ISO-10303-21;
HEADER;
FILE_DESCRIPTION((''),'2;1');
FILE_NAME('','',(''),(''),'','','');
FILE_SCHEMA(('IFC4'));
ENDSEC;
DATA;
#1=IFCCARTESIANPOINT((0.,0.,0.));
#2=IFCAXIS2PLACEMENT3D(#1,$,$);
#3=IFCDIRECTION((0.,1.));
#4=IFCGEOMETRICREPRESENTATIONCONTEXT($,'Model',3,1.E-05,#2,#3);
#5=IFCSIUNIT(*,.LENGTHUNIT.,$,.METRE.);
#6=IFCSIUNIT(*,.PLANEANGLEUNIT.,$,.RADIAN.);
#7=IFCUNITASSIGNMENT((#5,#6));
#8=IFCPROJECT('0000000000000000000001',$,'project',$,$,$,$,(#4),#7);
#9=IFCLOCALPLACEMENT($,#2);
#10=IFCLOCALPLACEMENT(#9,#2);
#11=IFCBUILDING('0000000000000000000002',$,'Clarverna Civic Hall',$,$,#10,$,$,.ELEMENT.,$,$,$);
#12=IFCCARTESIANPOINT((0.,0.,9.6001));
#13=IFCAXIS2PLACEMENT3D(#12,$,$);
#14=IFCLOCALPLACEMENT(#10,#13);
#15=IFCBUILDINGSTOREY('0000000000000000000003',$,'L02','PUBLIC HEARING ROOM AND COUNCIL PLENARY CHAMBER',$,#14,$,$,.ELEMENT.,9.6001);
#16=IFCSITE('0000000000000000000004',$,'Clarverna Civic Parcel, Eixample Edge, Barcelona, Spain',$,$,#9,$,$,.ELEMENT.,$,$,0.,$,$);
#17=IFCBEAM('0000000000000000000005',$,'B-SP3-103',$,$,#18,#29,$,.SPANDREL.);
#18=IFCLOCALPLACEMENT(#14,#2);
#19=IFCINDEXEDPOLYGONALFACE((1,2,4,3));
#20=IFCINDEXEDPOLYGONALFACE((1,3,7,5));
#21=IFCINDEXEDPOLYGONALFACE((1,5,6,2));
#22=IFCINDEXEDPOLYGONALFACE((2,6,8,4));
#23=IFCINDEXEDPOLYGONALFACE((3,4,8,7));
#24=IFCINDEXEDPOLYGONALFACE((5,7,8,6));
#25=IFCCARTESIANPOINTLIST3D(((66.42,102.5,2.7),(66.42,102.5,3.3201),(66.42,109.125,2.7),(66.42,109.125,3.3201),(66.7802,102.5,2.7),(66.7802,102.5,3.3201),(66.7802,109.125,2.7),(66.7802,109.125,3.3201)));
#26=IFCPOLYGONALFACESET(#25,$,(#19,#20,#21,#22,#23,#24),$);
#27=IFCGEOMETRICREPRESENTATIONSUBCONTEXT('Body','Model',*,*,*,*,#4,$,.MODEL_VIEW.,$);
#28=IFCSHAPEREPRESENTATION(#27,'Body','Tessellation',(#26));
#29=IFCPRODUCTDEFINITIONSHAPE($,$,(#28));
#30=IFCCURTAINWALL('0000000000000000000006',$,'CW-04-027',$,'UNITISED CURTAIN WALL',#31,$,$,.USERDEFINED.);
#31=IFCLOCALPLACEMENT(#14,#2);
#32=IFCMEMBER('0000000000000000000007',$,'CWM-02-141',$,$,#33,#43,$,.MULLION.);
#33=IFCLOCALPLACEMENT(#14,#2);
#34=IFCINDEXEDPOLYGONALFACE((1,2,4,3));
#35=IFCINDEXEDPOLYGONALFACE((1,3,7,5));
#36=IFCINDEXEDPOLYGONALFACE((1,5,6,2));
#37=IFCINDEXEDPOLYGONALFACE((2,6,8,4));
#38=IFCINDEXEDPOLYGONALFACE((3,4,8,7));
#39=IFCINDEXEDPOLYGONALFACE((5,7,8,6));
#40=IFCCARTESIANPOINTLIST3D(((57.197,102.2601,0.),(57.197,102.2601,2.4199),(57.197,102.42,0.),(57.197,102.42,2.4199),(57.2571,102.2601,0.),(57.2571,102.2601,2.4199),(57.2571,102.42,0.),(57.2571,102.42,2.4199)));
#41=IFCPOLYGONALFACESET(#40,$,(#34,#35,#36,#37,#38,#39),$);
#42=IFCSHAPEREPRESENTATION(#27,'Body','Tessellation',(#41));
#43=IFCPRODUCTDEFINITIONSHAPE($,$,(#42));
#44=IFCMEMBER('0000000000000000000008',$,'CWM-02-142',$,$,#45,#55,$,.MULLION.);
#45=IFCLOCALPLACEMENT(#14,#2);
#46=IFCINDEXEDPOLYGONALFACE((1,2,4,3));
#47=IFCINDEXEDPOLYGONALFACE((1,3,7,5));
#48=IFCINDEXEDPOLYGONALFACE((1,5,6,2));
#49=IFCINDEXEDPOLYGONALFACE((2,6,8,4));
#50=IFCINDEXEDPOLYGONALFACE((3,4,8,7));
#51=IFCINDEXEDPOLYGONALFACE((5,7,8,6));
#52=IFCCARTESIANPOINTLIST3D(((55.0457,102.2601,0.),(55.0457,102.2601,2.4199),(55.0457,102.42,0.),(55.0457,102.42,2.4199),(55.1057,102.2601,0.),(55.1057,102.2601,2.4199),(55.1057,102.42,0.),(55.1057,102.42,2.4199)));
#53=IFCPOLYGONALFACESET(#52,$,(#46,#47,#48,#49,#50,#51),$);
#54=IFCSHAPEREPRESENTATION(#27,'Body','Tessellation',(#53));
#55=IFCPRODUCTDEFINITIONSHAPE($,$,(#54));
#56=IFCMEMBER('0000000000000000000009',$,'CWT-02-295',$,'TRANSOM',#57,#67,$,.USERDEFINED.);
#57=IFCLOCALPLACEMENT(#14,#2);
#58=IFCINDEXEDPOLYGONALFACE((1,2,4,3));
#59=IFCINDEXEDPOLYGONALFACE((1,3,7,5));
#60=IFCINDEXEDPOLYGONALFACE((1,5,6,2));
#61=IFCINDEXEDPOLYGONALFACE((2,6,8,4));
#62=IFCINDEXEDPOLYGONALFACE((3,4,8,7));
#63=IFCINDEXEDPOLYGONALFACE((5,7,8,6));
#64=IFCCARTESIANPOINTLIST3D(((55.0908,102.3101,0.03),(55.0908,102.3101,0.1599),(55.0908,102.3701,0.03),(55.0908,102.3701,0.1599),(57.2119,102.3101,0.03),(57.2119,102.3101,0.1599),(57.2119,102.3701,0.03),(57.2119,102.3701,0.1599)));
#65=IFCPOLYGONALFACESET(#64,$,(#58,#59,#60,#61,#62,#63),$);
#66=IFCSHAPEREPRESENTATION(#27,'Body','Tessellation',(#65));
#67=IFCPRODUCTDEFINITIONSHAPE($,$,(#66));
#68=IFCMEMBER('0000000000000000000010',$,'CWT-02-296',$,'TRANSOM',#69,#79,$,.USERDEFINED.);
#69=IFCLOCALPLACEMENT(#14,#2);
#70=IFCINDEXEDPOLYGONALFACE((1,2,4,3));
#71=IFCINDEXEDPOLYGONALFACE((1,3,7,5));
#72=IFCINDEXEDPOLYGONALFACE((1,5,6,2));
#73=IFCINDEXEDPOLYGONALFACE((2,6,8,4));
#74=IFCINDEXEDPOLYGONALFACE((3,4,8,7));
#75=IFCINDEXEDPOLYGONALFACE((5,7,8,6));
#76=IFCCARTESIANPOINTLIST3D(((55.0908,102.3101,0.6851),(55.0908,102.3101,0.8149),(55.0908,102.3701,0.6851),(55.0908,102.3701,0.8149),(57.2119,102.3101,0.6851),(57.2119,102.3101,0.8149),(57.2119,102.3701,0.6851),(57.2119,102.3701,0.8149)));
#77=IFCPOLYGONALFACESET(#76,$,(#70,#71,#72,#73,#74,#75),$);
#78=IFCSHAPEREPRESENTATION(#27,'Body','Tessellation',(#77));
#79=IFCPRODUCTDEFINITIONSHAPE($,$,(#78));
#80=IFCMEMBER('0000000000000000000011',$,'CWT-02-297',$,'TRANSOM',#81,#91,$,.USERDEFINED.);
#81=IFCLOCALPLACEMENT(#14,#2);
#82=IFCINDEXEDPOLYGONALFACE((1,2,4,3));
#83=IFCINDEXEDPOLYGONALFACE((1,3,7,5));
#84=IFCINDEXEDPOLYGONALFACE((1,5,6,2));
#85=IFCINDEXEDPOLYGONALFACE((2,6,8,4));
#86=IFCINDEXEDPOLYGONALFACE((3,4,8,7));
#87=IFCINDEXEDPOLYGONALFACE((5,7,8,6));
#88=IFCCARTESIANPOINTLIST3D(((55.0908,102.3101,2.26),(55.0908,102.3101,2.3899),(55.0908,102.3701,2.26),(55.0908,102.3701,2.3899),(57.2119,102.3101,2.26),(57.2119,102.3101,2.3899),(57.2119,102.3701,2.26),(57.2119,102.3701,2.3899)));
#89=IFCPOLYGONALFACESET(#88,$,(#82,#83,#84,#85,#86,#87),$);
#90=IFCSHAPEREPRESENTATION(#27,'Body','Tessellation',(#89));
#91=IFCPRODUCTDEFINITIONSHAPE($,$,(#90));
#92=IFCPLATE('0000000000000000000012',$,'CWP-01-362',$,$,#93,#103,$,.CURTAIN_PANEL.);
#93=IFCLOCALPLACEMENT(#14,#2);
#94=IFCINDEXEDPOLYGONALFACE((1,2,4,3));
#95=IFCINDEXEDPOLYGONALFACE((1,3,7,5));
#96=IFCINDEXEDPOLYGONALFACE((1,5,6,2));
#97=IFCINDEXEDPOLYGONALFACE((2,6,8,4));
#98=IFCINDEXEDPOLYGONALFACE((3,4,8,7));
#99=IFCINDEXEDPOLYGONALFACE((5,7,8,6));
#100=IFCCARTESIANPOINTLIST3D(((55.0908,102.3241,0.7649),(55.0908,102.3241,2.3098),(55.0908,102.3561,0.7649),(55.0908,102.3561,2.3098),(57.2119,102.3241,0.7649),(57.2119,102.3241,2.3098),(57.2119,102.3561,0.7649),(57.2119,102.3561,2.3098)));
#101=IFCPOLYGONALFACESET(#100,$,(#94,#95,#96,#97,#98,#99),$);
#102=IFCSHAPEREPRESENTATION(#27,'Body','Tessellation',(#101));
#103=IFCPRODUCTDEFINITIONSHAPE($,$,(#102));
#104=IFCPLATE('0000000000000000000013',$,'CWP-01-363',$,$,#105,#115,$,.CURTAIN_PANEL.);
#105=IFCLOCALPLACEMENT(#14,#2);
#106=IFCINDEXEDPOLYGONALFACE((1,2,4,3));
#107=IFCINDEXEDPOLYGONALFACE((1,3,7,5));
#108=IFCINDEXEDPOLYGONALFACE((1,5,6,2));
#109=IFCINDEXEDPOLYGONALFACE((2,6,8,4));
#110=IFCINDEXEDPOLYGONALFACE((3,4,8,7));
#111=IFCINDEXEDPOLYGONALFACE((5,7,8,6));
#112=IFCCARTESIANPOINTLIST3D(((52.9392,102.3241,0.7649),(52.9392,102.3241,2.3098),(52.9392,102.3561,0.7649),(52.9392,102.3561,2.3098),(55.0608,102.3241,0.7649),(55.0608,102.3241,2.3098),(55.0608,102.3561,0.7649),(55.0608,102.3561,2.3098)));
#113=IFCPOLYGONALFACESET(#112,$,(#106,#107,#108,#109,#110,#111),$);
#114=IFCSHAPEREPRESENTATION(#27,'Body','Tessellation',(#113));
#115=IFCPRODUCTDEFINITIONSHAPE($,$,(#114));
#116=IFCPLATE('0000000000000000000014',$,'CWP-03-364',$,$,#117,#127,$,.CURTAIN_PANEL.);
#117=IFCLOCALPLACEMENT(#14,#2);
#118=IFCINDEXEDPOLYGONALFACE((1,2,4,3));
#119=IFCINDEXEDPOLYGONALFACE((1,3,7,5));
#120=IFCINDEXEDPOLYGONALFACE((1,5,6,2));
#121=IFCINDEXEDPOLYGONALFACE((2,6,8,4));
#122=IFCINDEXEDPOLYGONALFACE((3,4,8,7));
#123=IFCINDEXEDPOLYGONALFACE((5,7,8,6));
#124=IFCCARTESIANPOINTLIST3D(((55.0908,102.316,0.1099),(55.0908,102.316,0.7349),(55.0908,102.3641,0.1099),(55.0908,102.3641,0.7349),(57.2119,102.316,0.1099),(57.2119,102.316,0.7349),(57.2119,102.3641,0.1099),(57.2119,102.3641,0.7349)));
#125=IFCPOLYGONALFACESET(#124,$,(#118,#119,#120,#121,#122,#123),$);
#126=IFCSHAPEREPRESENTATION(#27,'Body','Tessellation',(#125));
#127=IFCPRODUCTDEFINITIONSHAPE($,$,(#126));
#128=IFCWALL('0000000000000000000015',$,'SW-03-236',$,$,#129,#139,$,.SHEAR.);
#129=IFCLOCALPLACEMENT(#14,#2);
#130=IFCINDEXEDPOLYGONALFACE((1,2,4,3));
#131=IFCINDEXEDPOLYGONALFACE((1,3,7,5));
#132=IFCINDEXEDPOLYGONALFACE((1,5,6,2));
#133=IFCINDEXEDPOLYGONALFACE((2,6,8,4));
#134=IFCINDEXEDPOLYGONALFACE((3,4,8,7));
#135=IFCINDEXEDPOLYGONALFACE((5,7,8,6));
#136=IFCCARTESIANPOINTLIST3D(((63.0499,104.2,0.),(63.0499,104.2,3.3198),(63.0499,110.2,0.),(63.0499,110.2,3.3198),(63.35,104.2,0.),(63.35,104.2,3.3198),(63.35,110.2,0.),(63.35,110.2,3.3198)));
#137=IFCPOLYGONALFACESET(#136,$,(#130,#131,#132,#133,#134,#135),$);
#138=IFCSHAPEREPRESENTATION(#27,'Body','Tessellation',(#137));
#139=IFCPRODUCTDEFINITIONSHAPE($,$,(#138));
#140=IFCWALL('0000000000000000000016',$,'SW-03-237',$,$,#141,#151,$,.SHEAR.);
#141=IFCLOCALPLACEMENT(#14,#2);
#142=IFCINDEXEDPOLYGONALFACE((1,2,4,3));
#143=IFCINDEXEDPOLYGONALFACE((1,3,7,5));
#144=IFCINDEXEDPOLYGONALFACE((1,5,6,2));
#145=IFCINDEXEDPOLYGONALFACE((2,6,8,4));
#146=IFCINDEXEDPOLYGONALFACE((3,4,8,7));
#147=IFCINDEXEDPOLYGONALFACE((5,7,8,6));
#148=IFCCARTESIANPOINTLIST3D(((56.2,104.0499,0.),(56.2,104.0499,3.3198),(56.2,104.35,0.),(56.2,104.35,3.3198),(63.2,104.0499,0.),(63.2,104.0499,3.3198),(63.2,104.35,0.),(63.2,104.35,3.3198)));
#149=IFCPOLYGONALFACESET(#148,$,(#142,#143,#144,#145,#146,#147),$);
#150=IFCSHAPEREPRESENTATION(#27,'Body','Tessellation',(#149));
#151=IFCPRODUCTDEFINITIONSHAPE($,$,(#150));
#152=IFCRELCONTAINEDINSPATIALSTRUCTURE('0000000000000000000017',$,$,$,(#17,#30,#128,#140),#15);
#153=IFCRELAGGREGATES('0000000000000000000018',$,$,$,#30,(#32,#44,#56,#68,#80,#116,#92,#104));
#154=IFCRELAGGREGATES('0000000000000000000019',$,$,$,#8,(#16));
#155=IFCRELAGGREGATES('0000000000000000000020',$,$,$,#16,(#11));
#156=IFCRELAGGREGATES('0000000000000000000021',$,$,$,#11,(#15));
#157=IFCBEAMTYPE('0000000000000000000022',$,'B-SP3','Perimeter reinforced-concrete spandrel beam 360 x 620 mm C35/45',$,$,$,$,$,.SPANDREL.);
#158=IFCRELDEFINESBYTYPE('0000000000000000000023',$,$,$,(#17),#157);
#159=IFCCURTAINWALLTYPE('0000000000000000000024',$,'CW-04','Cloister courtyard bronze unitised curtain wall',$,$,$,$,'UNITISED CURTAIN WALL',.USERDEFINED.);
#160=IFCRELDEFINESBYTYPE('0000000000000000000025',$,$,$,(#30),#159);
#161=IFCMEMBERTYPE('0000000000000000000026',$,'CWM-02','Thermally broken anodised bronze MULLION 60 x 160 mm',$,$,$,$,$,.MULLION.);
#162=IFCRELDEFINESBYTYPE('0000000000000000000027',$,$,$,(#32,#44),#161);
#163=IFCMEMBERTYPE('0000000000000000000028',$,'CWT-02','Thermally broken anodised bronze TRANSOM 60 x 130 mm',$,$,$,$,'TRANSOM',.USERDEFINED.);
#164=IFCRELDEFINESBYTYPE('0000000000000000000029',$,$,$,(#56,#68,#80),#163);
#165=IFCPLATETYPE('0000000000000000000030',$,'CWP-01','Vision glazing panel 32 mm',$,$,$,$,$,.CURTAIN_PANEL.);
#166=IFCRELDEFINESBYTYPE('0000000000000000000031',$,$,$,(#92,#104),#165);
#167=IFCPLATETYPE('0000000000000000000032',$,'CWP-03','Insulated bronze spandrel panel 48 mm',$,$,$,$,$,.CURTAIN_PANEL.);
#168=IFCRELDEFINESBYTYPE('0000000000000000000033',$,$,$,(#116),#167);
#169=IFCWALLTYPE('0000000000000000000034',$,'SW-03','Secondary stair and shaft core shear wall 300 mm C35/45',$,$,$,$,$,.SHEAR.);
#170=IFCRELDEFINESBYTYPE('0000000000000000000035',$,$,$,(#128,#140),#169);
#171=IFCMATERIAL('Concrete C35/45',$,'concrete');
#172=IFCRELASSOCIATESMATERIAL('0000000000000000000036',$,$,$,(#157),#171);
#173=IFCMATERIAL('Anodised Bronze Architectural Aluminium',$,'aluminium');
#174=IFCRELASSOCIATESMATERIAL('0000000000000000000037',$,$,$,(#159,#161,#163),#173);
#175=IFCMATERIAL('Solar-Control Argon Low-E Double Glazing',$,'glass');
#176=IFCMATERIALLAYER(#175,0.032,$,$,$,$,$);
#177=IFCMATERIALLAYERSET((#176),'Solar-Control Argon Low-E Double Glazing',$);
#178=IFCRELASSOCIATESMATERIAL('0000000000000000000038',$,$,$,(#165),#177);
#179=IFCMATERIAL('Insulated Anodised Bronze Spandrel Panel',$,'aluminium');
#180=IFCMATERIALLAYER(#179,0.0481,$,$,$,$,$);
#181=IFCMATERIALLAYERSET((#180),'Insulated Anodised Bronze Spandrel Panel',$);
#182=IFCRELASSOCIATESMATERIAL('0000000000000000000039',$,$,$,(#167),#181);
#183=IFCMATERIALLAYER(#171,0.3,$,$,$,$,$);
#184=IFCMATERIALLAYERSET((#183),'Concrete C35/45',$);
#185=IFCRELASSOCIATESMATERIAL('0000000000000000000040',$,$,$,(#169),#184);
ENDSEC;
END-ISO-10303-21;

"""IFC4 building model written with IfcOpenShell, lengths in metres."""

from ifc_helpers import new_model, si_unit, direction, frame, frame_2d, origin, origin_2d, place, context, subcontext, project, spatial, rectangle, extrude, material, layer, layer_set, material_profile, profile_set, type_object, element, aggregate, save


model = new_model("IFC4")

# Units and contexts
model_context = context("Model", 3, precision=1e-05, world=origin(), true_north=direction((0.0, 1.0)))
body_context = subcontext(model_context, "Body", "Model", "MODEL_VIEW")
ifc_project = project(units=[si_unit("LENGTHUNIT", "METRE"), si_unit("PLANEANGLEUNIT", "RADIAN")], contexts=[model_context])

# Site, building, storey
site_placement = place(None, origin())
site = spatial("IfcSite", under=ifc_project, at=site_placement, Name="Clarverna Civic Parcel, Eixample Edge, Barcelona, Spain", CompositionType="ELEMENT", RefElevation=0.0)
building_placement = place(site_placement, origin())
building = spatial("IfcBuilding", under=site, at=building_placement, Name="Clarverna Civic Hall", CompositionType="ELEMENT")
storey_placement = place(building_placement, frame((0.0, 0.0, 9.6001)))
storey = spatial("IfcBuildingStorey", under=building, at=storey_placement, Name="L02", Description="PUBLIC HEARING ROOM AND COUNCIL PLENARY CHAMBER", CompositionType="ELEMENT", Elevation=9.6001)

# Beam
ifc_material_1 = material(Name="Concrete C35/45", Category="concrete")
ifc_material_profile_1 = material_profile(ifc_material_1, rectangle(XDim=0.3601, YDim=0.6201, at=origin_2d()), Name="RC 360x620")
ifc_profile_set_1 = profile_set([ifc_material_profile_1], Name="Concrete C35/45")
beam_type = type_object("IfcBeamType", Name="B-SP3", Description="Perimeter reinforced-concrete spandrel beam 360 x 620 mm C35/45", PredefinedType="SPANDREL", material=ifc_profile_set_1)
beam_placement = place(storey_placement, frame((66.6001, 102.5, 3.01), z_axis=(0.0, 1.0, 0.0), x_axis=(-1.0, 0.0, 0.0)))
element("IfcBeam", 1, at=beam_placement, inside=storey, type_object=beam_type, Name="B-SP3-103", PredefinedType="SPANDREL", context=body_context, shape_type="SweptSolid", body=[
    extrude(rectangle(XDim=0.3601, YDim=0.6201, at=origin_2d()), origin(), (0.0, 0.0, 1.0), 6.625),
])

# Curtain wall, members, plates
ifc_material_2 = material(Name="Anodised Bronze Architectural Aluminium", Category="aluminium")
curtain_wall_type = type_object("IfcCurtainWallType", Name="CW-04", Description="Cloister courtyard bronze unitised curtain wall", ElementType="UNITISED CURTAIN WALL", PredefinedType="USERDEFINED", material=ifc_material_2)
curtain_wall_placement = place(storey_placement, origin())
curtain_wall = element("IfcCurtainWall", 2, at=curtain_wall_placement, inside=storey, type_object=curtain_wall_type, Name="CW-04-027", ObjectType="UNITISED CURTAIN WALL", PredefinedType="USERDEFINED")
ifc_material_profile_2 = material_profile(ifc_material_2, rectangle(XDim=0.0601, YDim=0.1599, at=origin_2d()), Name="BRONZE 60x160")
ifc_profile_set_2 = profile_set([ifc_material_profile_2], Name="Anodised Bronze Architectural Aluminium")
member_type_1 = type_object("IfcMemberType", Name="CWM-02", Description="Thermally broken anodised bronze MULLION 60 x 160 mm", PredefinedType="MULLION", material=ifc_profile_set_2)
member_1_placement = place(storey_placement, frame((57.2271, 102.3401, 0.0), z_axis=(0.0, 0.0, 1.0), x_axis=(1.0, 0.0, 0.0)))
member_1 = element("IfcMember", 3, at=member_1_placement, type_object=member_type_1, Name="CWM-02-141", PredefinedType="MULLION", context=body_context, shape_type="SweptSolid", body=[
    extrude(rectangle(XDim=0.0601, YDim=0.1599, at=origin_2d()), origin(), (0.0, 0.0, 1.0), 2.4199),
])
member_2_placement = place(storey_placement, frame((55.0757, 102.3401, 0.0), z_axis=(0.0, 0.0, 1.0), x_axis=(1.0, 0.0, 0.0)))
member_2 = element("IfcMember", 4, at=member_2_placement, type_object=member_type_1, Name="CWM-02-142", PredefinedType="MULLION", context=body_context, shape_type="SweptSolid", body=[
    extrude(rectangle(XDim=0.0601, YDim=0.1599, at=origin_2d()), origin(), (0.0, 0.0, 1.0), 2.4199),
])
ifc_material_profile_3 = material_profile(ifc_material_2, rectangle(XDim=0.0601, YDim=0.1299, at=origin_2d()), Name="BRONZE 60x130")
ifc_profile_set_3 = profile_set([ifc_material_profile_3], Name="Anodised Bronze Architectural Aluminium")
member_type_2 = type_object("IfcMemberType", Name="CWT-02", Description="Thermally broken anodised bronze TRANSOM 60 x 130 mm", ElementType="TRANSOM", PredefinedType="USERDEFINED", material=ifc_profile_set_3)
member_3_placement = place(storey_placement, frame((57.2119, 102.3401, 0.095), z_axis=(-1.0, 0.0, 0.0), x_axis=(0.0, -1.0, 0.0)))
member_3 = element("IfcMember", 5, at=member_3_placement, type_object=member_type_2, Name="CWT-02-295", ObjectType="TRANSOM", PredefinedType="USERDEFINED", context=body_context, shape_type="SweptSolid", body=[
    extrude(rectangle(XDim=0.0601, YDim=0.1299, at=origin_2d()), origin(), (0.0, 0.0, 1.0), 2.1211),
])
member_4_placement = place(storey_placement, frame((57.2119, 102.3401, 0.75), z_axis=(-1.0, 0.0, 0.0), x_axis=(0.0, -1.0, 0.0)))
member_4 = element("IfcMember", 6, at=member_4_placement, type_object=member_type_2, Name="CWT-02-296", ObjectType="TRANSOM", PredefinedType="USERDEFINED", context=body_context, shape_type="SweptSolid", body=[
    extrude(rectangle(XDim=0.0601, YDim=0.1299, at=origin_2d()), origin(), (0.0, 0.0, 1.0), 2.1211),
])
member_5_placement = place(storey_placement, frame((57.2119, 102.3401, 2.325), z_axis=(-1.0, 0.0, 0.0), x_axis=(0.0, -1.0, 0.0)))
member_5 = element("IfcMember", 7, at=member_5_placement, type_object=member_type_2, Name="CWT-02-297", ObjectType="TRANSOM", PredefinedType="USERDEFINED", context=body_context, shape_type="SweptSolid", body=[
    extrude(rectangle(XDim=0.0601, YDim=0.1299, at=origin_2d()), origin(), (0.0, 0.0, 1.0), 2.1211),
])
ifc_material_3 = material(Name="Solar-Control Argon Low-E Double Glazing", Category="glass")
ifc_layer_1 = layer(ifc_material_3, 0.032)
ifc_layer_set_1 = layer_set([ifc_layer_1], Name="Solar-Control Argon Low-E Double Glazing")
plate_type_1 = type_object("IfcPlateType", Name="CWP-01", Description="Vision glazing panel 32 mm", PredefinedType="CURTAIN_PANEL", material=ifc_layer_set_1)
plate_1_placement = place(storey_placement, frame((57.2119, 102.3401, 0.7649), z_axis=(0.0, 0.0, 1.0), x_axis=(-1.0, 0.0, 0.0)))
plate_1 = element("IfcPlate", 8, at=plate_1_placement, type_object=plate_type_1, Name="CWP-01-362", PredefinedType="CURTAIN_PANEL", context=body_context, shape_type="SweptSolid", body=[
    extrude(rectangle(XDim=2.1211, YDim=0.032, at=frame_2d((1.0605, 0.0))), origin(), (0.0, 0.0, 1.0), 1.5449),
])
plate_2_placement = place(storey_placement, frame((55.0608, 102.3401, 0.7649), z_axis=(0.0, 0.0, 1.0), x_axis=(-1.0, 0.0, 0.0)))
plate_2 = element("IfcPlate", 9, at=plate_2_placement, type_object=plate_type_1, Name="CWP-01-363", PredefinedType="CURTAIN_PANEL", context=body_context, shape_type="SweptSolid", body=[
    extrude(rectangle(XDim=2.1216, YDim=0.032, at=frame_2d((1.0608, 0.0))), origin(), (0.0, 0.0, 1.0), 1.5449),
])
ifc_material_4 = material(Name="Insulated Anodised Bronze Spandrel Panel", Category="aluminium")
ifc_layer_2 = layer(ifc_material_4, 0.0481)
ifc_layer_set_2 = layer_set([ifc_layer_2], Name="Insulated Anodised Bronze Spandrel Panel")
plate_type_2 = type_object("IfcPlateType", Name="CWP-03", Description="Insulated bronze spandrel panel 48 mm", PredefinedType="CURTAIN_PANEL", material=ifc_layer_set_2)
plate_3_placement = place(storey_placement, frame((57.2119, 102.3401, 0.1099), z_axis=(0.0, 0.0, 1.0), x_axis=(-1.0, 0.0, 0.0)))
plate_3 = element("IfcPlate", 10, at=plate_3_placement, type_object=plate_type_2, Name="CWP-03-364", PredefinedType="CURTAIN_PANEL", context=body_context, shape_type="SweptSolid", body=[
    extrude(rectangle(XDim=2.1211, YDim=0.0481, at=frame_2d((1.0605, 0.0))), origin(), (0.0, 0.0, 1.0), 0.625),
])
aggregate(curtain_wall, [member_1, member_2, member_3, member_4, member_5, plate_3, plate_1, plate_2])

# Shared definitions
ifc_layer_3 = layer(ifc_material_1, 0.3)
ifc_layer_set_3 = layer_set([ifc_layer_3], Name="Concrete C35/45")
wall_type = type_object("IfcWallType", Name="SW-03", Description="Secondary stair and shaft core shear wall 300 mm C35/45", PredefinedType="SHEAR", material=ifc_layer_set_3)

# Walls
wall_1_placement = place(storey_placement, frame((63.2, 104.2, 0.0), z_axis=(0.0, 0.0, 1.0), x_axis=(0.0, 1.0, 0.0)))
element("IfcWall", 11, at=wall_1_placement, inside=storey, type_object=wall_type, Name="SW-03-236", PredefinedType="SHEAR", context=body_context, shape_type="SweptSolid", body=[
    extrude(rectangle(XDim=6.0, YDim=0.3, at=frame_2d((3.0, 0.0))), origin(), (0.0, 0.0, 1.0), 3.3198),
])
wall_2_placement = place(storey_placement, frame((56.2, 104.2, 0.0), z_axis=(0.0, 0.0, 1.0), x_axis=(1.0, 0.0, 0.0)))
element("IfcWall", 12, at=wall_2_placement, inside=storey, type_object=wall_type, Name="SW-03-237", PredefinedType="SHEAR", context=body_context, shape_type="SweptSolid", body=[
    extrude(rectangle(XDim=7.0, YDim=0.3, at=frame_2d((3.5, 0.0))), origin(), (0.0, 0.0, 1.0), 3.3198),
])

save(model, "model.ifc")
